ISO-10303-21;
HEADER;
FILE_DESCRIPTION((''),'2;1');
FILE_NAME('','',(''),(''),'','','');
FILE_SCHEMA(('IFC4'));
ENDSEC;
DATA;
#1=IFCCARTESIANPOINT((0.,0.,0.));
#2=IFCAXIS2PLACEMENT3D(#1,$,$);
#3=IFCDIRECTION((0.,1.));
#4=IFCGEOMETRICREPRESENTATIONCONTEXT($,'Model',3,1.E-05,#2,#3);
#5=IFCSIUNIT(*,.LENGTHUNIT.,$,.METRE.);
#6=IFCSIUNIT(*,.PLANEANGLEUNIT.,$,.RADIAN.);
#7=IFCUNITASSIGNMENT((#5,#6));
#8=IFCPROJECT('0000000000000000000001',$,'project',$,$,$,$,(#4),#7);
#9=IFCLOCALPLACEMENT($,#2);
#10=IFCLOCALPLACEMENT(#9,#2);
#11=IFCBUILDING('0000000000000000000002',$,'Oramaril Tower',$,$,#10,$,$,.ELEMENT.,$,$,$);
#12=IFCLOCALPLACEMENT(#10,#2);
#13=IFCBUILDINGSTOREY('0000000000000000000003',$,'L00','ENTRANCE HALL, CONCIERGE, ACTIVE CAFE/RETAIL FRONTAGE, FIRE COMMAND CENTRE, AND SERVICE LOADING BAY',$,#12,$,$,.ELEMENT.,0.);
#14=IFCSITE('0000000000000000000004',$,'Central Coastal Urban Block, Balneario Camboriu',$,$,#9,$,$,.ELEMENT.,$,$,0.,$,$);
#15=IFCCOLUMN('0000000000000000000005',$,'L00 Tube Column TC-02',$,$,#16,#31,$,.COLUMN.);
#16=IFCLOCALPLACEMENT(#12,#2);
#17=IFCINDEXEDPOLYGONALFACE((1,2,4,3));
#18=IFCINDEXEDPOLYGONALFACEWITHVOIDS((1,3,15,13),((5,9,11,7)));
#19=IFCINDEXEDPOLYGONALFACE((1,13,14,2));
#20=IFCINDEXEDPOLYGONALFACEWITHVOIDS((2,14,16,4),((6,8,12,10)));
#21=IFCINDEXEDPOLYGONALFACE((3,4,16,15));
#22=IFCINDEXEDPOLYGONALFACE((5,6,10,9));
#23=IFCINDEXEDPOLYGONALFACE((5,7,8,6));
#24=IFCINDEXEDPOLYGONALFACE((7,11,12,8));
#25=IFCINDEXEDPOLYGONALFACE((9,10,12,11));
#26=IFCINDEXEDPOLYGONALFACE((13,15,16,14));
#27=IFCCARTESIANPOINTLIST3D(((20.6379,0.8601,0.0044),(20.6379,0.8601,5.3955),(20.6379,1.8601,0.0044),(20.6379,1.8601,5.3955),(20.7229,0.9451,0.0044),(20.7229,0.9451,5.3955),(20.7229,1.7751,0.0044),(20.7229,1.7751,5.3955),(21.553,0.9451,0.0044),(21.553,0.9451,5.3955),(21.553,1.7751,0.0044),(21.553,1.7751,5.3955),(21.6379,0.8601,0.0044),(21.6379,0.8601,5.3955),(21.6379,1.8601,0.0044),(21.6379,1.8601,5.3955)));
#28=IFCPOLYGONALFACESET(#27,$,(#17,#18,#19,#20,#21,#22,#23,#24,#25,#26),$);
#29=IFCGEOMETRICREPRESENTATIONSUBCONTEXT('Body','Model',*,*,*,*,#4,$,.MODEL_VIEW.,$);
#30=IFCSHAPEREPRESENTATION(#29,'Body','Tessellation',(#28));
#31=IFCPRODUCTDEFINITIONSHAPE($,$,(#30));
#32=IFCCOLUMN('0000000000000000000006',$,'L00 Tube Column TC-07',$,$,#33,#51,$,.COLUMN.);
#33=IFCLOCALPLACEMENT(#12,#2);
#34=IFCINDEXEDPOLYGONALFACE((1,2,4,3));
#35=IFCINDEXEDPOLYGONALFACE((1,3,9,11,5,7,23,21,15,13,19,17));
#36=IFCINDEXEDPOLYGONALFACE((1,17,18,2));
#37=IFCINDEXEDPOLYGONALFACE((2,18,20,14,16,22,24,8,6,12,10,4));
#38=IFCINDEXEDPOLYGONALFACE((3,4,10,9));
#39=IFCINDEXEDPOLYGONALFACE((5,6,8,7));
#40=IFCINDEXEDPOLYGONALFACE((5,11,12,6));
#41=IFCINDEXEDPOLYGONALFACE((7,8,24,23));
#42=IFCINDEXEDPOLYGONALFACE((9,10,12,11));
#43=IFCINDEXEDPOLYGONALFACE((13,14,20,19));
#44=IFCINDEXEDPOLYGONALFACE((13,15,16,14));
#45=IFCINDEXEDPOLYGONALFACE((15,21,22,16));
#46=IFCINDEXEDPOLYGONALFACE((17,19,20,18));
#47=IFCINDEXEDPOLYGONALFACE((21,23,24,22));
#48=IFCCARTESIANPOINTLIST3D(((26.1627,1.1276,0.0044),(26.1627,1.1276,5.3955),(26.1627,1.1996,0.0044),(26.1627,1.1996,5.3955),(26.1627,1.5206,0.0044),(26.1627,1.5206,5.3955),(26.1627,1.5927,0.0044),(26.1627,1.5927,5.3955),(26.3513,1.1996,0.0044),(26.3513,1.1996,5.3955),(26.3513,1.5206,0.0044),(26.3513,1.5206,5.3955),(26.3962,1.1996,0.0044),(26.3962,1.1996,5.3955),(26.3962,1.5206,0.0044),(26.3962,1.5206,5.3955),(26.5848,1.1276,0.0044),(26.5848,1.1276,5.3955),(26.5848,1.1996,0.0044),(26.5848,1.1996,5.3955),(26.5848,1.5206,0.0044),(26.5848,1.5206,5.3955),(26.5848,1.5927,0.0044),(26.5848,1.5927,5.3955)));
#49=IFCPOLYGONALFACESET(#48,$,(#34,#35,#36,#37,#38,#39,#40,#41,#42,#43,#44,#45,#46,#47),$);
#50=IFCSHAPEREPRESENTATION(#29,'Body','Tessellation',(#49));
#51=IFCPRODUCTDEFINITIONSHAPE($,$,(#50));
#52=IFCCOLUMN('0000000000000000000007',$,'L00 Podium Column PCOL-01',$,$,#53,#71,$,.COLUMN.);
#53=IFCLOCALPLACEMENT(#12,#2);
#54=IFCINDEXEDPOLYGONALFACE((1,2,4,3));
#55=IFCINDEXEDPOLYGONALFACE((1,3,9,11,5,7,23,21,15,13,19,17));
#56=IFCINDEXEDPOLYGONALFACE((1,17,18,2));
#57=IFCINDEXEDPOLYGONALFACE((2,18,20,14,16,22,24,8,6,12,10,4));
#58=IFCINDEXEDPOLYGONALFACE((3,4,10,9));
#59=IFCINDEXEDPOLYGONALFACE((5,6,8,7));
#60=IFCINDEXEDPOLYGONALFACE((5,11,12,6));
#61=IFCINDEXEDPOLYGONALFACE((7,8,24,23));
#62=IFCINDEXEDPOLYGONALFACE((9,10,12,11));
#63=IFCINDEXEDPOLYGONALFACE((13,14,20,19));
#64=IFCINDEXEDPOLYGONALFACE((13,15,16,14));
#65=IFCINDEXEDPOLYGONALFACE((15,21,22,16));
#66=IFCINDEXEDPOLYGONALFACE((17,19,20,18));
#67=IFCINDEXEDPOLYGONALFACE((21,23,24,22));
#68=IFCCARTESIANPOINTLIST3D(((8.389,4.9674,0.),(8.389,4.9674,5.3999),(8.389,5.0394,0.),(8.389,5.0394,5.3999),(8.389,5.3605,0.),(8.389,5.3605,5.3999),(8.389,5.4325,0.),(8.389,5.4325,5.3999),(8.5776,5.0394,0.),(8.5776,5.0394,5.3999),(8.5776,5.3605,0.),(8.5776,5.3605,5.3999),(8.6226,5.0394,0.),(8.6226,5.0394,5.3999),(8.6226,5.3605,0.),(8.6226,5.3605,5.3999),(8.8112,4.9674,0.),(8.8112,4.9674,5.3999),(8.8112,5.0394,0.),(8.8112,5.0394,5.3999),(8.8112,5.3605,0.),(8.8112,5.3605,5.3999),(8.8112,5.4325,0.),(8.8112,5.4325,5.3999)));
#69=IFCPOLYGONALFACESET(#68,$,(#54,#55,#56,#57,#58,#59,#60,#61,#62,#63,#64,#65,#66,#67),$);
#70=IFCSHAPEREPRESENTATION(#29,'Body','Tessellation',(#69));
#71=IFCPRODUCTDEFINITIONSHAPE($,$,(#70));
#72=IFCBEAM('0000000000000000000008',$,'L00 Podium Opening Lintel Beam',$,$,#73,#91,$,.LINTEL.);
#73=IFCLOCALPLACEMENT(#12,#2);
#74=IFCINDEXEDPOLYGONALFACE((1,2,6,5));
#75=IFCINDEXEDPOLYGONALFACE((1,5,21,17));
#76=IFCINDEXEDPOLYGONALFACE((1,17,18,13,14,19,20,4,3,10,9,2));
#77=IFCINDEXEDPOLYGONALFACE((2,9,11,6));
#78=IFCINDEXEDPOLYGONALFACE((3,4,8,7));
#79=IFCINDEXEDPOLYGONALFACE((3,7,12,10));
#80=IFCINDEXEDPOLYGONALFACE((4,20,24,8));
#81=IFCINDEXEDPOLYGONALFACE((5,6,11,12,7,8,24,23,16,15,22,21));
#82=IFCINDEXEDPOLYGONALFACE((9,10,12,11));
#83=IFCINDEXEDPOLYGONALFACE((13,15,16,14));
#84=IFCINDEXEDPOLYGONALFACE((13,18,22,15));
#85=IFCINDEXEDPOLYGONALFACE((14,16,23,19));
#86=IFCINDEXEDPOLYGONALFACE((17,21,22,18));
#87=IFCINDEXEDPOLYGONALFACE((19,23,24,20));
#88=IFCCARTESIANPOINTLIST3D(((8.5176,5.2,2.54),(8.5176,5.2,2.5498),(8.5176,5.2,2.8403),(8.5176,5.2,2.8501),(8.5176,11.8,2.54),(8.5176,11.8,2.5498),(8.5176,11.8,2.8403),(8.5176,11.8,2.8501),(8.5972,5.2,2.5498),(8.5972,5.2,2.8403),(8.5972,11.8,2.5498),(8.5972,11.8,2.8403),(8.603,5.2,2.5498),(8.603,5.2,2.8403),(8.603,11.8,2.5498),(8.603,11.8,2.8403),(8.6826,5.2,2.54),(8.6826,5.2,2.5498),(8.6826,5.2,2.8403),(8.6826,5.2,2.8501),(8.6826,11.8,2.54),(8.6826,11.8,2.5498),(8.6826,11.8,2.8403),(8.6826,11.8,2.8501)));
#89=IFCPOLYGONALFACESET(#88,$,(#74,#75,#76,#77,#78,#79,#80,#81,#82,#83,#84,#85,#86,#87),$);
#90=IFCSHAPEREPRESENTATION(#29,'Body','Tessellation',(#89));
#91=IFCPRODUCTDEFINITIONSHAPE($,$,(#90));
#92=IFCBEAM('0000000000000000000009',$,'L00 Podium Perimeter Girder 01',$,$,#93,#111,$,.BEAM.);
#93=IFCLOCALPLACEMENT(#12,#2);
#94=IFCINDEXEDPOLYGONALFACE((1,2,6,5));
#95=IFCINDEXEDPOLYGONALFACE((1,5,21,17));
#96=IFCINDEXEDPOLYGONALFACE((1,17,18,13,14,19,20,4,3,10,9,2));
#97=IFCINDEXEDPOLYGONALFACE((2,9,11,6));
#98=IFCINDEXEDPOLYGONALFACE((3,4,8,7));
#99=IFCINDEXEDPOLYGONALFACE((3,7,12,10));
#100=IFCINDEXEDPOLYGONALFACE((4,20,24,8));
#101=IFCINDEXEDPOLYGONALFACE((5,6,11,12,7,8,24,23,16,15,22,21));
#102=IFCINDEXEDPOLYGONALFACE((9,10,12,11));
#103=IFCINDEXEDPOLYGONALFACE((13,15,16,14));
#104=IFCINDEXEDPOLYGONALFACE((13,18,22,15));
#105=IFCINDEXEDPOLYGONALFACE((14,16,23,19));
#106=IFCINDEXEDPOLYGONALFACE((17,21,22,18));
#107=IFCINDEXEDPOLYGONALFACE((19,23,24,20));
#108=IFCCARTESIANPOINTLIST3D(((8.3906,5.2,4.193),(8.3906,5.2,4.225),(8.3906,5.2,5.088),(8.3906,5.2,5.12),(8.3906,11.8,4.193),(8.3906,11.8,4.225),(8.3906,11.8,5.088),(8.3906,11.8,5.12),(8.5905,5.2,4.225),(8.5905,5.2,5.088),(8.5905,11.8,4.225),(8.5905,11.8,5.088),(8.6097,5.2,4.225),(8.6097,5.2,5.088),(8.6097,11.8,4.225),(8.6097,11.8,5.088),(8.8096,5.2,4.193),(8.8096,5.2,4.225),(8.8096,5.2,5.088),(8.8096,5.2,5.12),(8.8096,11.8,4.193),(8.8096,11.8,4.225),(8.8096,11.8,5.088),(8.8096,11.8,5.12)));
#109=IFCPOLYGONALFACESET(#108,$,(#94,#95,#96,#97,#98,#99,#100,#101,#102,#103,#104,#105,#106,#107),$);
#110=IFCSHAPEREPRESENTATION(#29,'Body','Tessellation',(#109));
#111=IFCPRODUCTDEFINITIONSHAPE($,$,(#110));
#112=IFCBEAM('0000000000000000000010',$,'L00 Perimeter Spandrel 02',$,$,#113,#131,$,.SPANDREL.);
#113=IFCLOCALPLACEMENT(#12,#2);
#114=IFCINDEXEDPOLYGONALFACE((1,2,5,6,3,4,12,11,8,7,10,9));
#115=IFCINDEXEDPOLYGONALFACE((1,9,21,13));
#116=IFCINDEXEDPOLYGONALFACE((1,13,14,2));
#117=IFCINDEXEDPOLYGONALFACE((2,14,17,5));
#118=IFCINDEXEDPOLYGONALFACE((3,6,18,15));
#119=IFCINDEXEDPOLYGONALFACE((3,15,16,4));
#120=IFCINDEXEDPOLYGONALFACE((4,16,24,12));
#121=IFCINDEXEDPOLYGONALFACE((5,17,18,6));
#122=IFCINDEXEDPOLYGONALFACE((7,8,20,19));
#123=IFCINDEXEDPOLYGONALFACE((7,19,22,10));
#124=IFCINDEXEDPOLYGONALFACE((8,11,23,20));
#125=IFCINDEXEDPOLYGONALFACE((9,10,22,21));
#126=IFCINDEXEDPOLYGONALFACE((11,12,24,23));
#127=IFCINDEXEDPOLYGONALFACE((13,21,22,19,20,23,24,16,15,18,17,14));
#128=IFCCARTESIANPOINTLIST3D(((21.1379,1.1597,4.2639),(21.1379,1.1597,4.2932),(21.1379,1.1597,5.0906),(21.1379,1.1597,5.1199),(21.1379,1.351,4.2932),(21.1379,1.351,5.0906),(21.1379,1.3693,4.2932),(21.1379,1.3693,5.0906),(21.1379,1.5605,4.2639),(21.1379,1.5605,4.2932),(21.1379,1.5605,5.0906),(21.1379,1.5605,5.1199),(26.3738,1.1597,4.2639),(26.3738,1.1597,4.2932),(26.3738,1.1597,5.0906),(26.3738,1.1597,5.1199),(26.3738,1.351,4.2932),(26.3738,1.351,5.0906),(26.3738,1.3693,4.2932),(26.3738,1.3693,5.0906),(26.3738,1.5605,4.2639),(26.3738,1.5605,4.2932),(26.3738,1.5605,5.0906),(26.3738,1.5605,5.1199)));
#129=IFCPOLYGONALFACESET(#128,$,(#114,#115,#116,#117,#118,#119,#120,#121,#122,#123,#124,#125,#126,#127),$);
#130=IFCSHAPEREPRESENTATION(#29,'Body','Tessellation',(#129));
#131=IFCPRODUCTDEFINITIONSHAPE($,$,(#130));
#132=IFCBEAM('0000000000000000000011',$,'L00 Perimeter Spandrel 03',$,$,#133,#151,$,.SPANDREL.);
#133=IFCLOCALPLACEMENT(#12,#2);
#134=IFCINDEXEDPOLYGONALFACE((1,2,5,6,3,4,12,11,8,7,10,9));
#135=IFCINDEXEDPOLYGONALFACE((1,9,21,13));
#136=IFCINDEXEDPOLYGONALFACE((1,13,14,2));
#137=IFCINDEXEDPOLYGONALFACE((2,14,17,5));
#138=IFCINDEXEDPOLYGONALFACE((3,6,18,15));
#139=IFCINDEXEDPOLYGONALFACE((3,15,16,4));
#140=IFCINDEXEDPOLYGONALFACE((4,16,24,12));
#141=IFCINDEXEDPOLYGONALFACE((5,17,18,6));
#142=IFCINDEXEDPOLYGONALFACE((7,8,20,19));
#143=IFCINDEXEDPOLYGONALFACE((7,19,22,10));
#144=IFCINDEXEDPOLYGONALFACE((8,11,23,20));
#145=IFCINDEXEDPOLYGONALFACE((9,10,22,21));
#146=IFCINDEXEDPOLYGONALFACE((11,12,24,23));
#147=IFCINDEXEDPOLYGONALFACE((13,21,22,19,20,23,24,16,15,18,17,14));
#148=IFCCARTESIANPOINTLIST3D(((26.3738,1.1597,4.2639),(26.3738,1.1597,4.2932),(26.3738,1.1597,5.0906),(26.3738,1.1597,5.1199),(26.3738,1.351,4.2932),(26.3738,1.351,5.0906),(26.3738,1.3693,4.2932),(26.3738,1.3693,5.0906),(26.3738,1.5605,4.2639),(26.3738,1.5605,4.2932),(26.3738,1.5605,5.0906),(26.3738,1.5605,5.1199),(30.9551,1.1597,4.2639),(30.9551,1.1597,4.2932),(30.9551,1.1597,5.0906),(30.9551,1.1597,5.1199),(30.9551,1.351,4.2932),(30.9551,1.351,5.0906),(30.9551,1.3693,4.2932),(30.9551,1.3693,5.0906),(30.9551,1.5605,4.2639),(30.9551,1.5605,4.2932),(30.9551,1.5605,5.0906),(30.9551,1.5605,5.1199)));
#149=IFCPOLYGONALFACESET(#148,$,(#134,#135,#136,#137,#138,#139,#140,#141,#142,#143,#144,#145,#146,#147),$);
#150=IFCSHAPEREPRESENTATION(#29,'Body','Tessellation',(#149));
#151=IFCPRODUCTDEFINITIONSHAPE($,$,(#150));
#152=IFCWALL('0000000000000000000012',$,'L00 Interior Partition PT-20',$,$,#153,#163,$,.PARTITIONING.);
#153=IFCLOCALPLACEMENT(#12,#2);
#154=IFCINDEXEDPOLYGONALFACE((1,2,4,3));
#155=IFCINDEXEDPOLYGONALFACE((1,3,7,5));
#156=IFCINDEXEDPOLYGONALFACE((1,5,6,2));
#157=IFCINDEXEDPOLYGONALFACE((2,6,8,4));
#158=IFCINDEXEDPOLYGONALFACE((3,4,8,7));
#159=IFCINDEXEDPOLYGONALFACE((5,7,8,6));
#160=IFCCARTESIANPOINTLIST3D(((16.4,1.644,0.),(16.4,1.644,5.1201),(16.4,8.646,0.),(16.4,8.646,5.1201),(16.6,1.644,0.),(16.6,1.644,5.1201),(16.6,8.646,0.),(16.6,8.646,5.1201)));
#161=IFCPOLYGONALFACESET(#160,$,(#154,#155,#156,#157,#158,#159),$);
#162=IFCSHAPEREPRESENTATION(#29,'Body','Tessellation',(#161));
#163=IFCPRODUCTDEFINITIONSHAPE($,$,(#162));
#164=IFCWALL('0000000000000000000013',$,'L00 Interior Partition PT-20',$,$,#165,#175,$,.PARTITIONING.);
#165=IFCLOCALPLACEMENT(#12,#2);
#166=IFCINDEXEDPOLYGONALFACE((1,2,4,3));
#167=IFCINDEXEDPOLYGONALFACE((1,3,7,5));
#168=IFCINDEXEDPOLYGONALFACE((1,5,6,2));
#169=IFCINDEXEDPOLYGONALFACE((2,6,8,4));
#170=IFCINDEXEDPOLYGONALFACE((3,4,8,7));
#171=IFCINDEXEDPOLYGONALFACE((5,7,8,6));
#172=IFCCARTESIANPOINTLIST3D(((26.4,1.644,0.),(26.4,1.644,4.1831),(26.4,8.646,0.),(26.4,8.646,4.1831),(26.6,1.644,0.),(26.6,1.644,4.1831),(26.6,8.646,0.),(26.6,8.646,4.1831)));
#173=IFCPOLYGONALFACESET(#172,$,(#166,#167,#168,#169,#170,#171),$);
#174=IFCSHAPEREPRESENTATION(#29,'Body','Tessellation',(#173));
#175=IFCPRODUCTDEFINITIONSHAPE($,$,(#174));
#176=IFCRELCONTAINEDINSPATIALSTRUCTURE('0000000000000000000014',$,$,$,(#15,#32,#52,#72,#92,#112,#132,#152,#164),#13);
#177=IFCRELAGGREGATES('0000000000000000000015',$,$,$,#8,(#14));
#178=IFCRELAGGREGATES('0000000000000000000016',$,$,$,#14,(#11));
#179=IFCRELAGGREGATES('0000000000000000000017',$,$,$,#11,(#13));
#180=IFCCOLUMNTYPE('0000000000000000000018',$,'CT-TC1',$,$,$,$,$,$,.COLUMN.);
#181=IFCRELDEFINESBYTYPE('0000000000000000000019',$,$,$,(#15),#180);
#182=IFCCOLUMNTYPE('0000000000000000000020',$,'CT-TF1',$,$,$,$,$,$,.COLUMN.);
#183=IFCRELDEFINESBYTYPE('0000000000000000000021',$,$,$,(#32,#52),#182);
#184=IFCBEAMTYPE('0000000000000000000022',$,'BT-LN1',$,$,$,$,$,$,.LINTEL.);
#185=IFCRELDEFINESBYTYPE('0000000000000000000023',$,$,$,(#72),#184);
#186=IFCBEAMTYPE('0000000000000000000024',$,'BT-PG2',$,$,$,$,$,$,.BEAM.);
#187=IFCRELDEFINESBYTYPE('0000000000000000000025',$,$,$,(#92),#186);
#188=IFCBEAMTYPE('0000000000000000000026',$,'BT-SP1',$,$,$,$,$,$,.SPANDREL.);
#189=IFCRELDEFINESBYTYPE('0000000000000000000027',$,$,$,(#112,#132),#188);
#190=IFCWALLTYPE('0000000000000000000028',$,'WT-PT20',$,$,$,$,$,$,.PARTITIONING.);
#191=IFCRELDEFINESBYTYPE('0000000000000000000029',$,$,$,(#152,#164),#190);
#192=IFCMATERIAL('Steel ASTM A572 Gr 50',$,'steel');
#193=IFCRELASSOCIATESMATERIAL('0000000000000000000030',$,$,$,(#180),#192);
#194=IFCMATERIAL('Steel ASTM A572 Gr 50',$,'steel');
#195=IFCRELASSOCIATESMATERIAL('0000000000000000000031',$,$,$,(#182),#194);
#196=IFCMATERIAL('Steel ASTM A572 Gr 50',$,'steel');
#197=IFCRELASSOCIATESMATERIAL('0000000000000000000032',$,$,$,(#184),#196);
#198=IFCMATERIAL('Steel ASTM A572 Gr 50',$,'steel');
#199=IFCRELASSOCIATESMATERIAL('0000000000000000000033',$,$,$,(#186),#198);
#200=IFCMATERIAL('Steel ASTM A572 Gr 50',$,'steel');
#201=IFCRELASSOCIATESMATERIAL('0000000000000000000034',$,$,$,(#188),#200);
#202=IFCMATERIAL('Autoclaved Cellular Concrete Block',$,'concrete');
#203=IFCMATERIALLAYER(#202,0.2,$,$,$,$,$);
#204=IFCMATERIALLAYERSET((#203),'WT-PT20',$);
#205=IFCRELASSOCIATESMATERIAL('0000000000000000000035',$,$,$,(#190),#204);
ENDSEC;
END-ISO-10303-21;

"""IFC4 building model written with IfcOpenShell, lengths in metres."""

from ifc_helpers import new_model, si_unit, direction, frame, frame_2d, origin, origin_2d, place, context, subcontext, project, spatial, rectangle, hollow_rectangle, i_section, extrude, material, layer, layer_set, material_profile, profile_set, type_object, element, save


model = new_model("IFC4")

# Units and contexts
model_context = context("Model", 3, precision=1e-05, world=origin(), true_north=direction((0.0, 1.0)))
body_context = subcontext(model_context, "Body", "Model", "MODEL_VIEW")
ifc_project = project(units=[si_unit("LENGTHUNIT", "METRE"), si_unit("PLANEANGLEUNIT", "RADIAN")], contexts=[model_context])

# Site, building, storey
site_placement = place(None, origin())
site = spatial("IfcSite", under=ifc_project, at=site_placement, Name="Central Coastal Urban Block, Balneario Camboriu", CompositionType="ELEMENT", RefElevation=0.0)
building_placement = place(site_placement, origin())
building = spatial("IfcBuilding", under=site, at=building_placement, Name="Oramaril Tower", CompositionType="ELEMENT")
storey_placement = place(building_placement, origin())
storey = spatial("IfcBuildingStorey", under=building, at=storey_placement, Name="L00", Description="ENTRANCE HALL, CONCIERGE, ACTIVE CAFE/RETAIL FRONTAGE, FIRE COMMAND CENTRE, AND SERVICE LOADING BAY", CompositionType="ELEMENT", Elevation=0.0)

# Columns
ifc_material_1 = material(Name="Steel ASTM A572 Gr 50", Category="steel")
ifc_material_profile_1 = material_profile(ifc_material_1, hollow_rectangle(XDim=1.0, YDim=1.0, WallThickness=0.085, at=origin_2d()), Name="BOX1000X1000X85")
ifc_profile_set_1 = profile_set([ifc_material_profile_1], Name="Steel ASTM A572 Gr 50")
column_type_1 = type_object("IfcColumnType", Name="CT-TC1", PredefinedType="COLUMN", material=ifc_profile_set_1)
column_1_placement = place(storey_placement, frame((21.1379, 1.3601, 0.0044), z_axis=(0.0, 0.0, 1.0), x_axis=(1.0, 0.0, 0.0)))
element("IfcColumn", 1, at=column_1_placement, inside=storey, type_object=column_type_1, Name="L00 Tube Column TC-02", PredefinedType="COLUMN", context=body_context, shape_type="SweptSolid", body=[
    extrude(hollow_rectangle(XDim=1.0, YDim=1.0, WallThickness=0.085, at=origin_2d()), origin(), (0.0, 0.0, 1.0), 5.3911),
])
ifc_material_2 = material(Name="Steel ASTM A572 Gr 50", Category="steel")
ifc_material_profile_2 = material_profile(ifc_material_2, i_section(OverallWidth=0.4221, OverallDepth=0.4651, WebThickness=0.0449, FlangeThickness=0.072, at=origin_2d()), Name="W14X398")
ifc_profile_set_2 = profile_set([ifc_material_profile_2], Name="Steel ASTM A572 Gr 50")
column_type_2 = type_object("IfcColumnType", Name="CT-TF1", PredefinedType="COLUMN", material=ifc_profile_set_2)
column_2_placement = place(storey_placement, frame((26.3738, 1.3601, 0.0044), z_axis=(0.0, 0.0, 1.0), x_axis=(1.0, 0.0, 0.0)))
element("IfcColumn", 2, at=column_2_placement, inside=storey, type_object=column_type_2, Name="L00 Tube Column TC-07", PredefinedType="COLUMN", context=body_context, shape_type="SweptSolid", body=[
    extrude(i_section(OverallWidth=0.4221, OverallDepth=0.4651, WebThickness=0.0449, FlangeThickness=0.072, at=origin_2d()), origin(), (0.0, 0.0, 1.0), 5.3911),
])
column_3_placement = place(storey_placement, frame((8.6001, 5.2, 0.0), z_axis=(0.0, 0.0, 1.0), x_axis=(1.0, 0.0, 0.0)))
element("IfcColumn", 3, at=column_3_placement, inside=storey, type_object=column_type_2, Name="L00 Podium Column PCOL-01", PredefinedType="COLUMN", context=body_context, shape_type="SweptSolid", body=[
    extrude(i_section(OverallWidth=0.4221, OverallDepth=0.4651, WebThickness=0.0449, FlangeThickness=0.072, at=origin_2d()), origin(), (0.0, 0.0, 1.0), 5.3999),
])

# Beams
ifc_material_3 = material(Name="Steel ASTM A572 Gr 50", Category="steel")
ifc_material_profile_3 = material_profile(ifc_material_3, i_section(OverallWidth=0.165, OverallDepth=0.3101, WebThickness=0.0059, FlangeThickness=0.0098, at=origin_2d()), Name="W12X26")
ifc_profile_set_3 = profile_set([ifc_material_profile_3], Name="Steel ASTM A572 Gr 50")
beam_type_1 = type_object("IfcBeamType", Name="BT-LN1", PredefinedType="LINTEL", material=ifc_profile_set_3)
beam_1_placement = place(storey_placement, frame((8.6001, 5.2, 2.6951), z_axis=(0.0, 1.0, 0.0), x_axis=(-1.0, 0.0, 0.0)))
element("IfcBeam", 4, at=beam_1_placement, inside=storey, type_object=beam_type_1, Name="L00 Podium Opening Lintel Beam", PredefinedType="LINTEL", context=body_context, shape_type="SweptSolid", body=[
    extrude(i_section(OverallWidth=0.165, OverallDepth=0.3101, WebThickness=0.0059, FlangeThickness=0.0098, at=origin_2d()), origin(), (0.0, 0.0, 1.0), 6.6001),
])
ifc_material_4 = material(Name="Steel ASTM A572 Gr 50", Category="steel")
ifc_material_profile_4 = material_profile(ifc_material_4, i_section(OverallWidth=0.4189, OverallDepth=0.927, WebThickness=0.0193, FlangeThickness=0.032, at=origin_2d()), Name="W36X231")
ifc_profile_set_4 = profile_set([ifc_material_profile_4], Name="Steel ASTM A572 Gr 50")
beam_type_2 = type_object("IfcBeamType", Name="BT-PG2", PredefinedType="BEAM", material=ifc_profile_set_4)
beam_2_placement = place(storey_placement, frame((8.6001, 5.2, 4.6565), z_axis=(0.0, 1.0, 0.0), x_axis=(-1.0, 0.0, 0.0)))
element("IfcBeam", 5, at=beam_2_placement, inside=storey, type_object=beam_type_2, Name="L00 Podium Perimeter Girder 01", PredefinedType="BEAM", context=body_context, shape_type="SweptSolid", body=[
    extrude(i_section(OverallWidth=0.4189, OverallDepth=0.927, WebThickness=0.0193, FlangeThickness=0.032, at=origin_2d()), origin(), (0.0, 0.0, 1.0), 6.6001),
])
ifc_material_5 = material(Name="Steel ASTM A572 Gr 50", Category="steel")
ifc_material_profile_5 = material_profile(ifc_material_5, i_section(OverallWidth=0.4009, OverallDepth=0.856, WebThickness=0.0183, FlangeThickness=0.0293, at=origin_2d()), Name="W33X201")
ifc_profile_set_5 = profile_set([ifc_material_profile_5], Name="Steel ASTM A572 Gr 50")
beam_type_3 = type_object("IfcBeamType", Name="BT-SP1", PredefinedType="SPANDREL", material=ifc_profile_set_5)
beam_3_placement = place(storey_placement, frame((21.1379, 1.3601, 4.6919), z_axis=(1.0, 0.0, 0.0), x_axis=(0.0, 1.0, 0.0)))
element("IfcBeam", 6, at=beam_3_placement, inside=storey, type_object=beam_type_3, Name="L00 Perimeter Spandrel 02", PredefinedType="SPANDREL", context=body_context, shape_type="SweptSolid", body=[
    extrude(i_section(OverallWidth=0.4009, OverallDepth=0.856, WebThickness=0.0183, FlangeThickness=0.0293, at=origin_2d()), origin(), (0.0, 0.0, 1.0), 5.2358),
])
beam_4_placement = place(storey_placement, frame((26.3738, 1.3601, 4.6919), z_axis=(1.0, 0.0, 0.0), x_axis=(0.0, 1.0, 0.0)))
element("IfcBeam", 7, at=beam_4_placement, inside=storey, type_object=beam_type_3, Name="L00 Perimeter Spandrel 03", PredefinedType="SPANDREL", context=body_context, shape_type="SweptSolid", body=[
    extrude(i_section(OverallWidth=0.4009, OverallDepth=0.856, WebThickness=0.0183, FlangeThickness=0.0293, at=origin_2d()), origin(), (0.0, 0.0, 1.0), 4.5813),
])

# Shared definitions
ifc_material_6 = material(Name="Autoclaved Cellular Concrete Block", Category="concrete")
ifc_layer_1 = layer(ifc_material_6, 0.2)
ifc_layer_set_1 = layer_set([ifc_layer_1], Name="WT-PT20")
wall_type_1 = type_object("IfcWallType", Name="WT-PT20", PredefinedType="PARTITIONING", material=ifc_layer_set_1)

# Walls
wall_1_placement = place(storey_placement, frame((16.5, 1.644, 0.0), z_axis=(0.0, 0.0, 1.0), x_axis=(0.0, 1.0, 0.0)))
element("IfcWall", 8, at=wall_1_placement, inside=storey, type_object=wall_type_1, Name="L00 Interior Partition PT-20", PredefinedType="PARTITIONING", context=body_context, shape_type="SweptSolid", body=[
    extrude(rectangle(XDim=7.002, YDim=0.2, at=frame_2d((3.501, 0.0))), origin(), (0.0, 0.0, 1.0), 5.1201),
])
wall_2_placement = place(storey_placement, frame((26.5, 1.644, 0.0), z_axis=(0.0, 0.0, 1.0), x_axis=(0.0, 1.0, 0.0)))
element("IfcWall", 9, at=wall_2_placement, inside=storey, type_object=wall_type_1, Name="L00 Interior Partition PT-20", PredefinedType="PARTITIONING", context=body_context, shape_type="SweptSolid", body=[
    extrude(rectangle(XDim=7.002, YDim=0.2, at=frame_2d((3.501, 0.0))), origin(), (0.0, 0.0, 1.0), 4.1831),
])

save(model, "model.ifc")
